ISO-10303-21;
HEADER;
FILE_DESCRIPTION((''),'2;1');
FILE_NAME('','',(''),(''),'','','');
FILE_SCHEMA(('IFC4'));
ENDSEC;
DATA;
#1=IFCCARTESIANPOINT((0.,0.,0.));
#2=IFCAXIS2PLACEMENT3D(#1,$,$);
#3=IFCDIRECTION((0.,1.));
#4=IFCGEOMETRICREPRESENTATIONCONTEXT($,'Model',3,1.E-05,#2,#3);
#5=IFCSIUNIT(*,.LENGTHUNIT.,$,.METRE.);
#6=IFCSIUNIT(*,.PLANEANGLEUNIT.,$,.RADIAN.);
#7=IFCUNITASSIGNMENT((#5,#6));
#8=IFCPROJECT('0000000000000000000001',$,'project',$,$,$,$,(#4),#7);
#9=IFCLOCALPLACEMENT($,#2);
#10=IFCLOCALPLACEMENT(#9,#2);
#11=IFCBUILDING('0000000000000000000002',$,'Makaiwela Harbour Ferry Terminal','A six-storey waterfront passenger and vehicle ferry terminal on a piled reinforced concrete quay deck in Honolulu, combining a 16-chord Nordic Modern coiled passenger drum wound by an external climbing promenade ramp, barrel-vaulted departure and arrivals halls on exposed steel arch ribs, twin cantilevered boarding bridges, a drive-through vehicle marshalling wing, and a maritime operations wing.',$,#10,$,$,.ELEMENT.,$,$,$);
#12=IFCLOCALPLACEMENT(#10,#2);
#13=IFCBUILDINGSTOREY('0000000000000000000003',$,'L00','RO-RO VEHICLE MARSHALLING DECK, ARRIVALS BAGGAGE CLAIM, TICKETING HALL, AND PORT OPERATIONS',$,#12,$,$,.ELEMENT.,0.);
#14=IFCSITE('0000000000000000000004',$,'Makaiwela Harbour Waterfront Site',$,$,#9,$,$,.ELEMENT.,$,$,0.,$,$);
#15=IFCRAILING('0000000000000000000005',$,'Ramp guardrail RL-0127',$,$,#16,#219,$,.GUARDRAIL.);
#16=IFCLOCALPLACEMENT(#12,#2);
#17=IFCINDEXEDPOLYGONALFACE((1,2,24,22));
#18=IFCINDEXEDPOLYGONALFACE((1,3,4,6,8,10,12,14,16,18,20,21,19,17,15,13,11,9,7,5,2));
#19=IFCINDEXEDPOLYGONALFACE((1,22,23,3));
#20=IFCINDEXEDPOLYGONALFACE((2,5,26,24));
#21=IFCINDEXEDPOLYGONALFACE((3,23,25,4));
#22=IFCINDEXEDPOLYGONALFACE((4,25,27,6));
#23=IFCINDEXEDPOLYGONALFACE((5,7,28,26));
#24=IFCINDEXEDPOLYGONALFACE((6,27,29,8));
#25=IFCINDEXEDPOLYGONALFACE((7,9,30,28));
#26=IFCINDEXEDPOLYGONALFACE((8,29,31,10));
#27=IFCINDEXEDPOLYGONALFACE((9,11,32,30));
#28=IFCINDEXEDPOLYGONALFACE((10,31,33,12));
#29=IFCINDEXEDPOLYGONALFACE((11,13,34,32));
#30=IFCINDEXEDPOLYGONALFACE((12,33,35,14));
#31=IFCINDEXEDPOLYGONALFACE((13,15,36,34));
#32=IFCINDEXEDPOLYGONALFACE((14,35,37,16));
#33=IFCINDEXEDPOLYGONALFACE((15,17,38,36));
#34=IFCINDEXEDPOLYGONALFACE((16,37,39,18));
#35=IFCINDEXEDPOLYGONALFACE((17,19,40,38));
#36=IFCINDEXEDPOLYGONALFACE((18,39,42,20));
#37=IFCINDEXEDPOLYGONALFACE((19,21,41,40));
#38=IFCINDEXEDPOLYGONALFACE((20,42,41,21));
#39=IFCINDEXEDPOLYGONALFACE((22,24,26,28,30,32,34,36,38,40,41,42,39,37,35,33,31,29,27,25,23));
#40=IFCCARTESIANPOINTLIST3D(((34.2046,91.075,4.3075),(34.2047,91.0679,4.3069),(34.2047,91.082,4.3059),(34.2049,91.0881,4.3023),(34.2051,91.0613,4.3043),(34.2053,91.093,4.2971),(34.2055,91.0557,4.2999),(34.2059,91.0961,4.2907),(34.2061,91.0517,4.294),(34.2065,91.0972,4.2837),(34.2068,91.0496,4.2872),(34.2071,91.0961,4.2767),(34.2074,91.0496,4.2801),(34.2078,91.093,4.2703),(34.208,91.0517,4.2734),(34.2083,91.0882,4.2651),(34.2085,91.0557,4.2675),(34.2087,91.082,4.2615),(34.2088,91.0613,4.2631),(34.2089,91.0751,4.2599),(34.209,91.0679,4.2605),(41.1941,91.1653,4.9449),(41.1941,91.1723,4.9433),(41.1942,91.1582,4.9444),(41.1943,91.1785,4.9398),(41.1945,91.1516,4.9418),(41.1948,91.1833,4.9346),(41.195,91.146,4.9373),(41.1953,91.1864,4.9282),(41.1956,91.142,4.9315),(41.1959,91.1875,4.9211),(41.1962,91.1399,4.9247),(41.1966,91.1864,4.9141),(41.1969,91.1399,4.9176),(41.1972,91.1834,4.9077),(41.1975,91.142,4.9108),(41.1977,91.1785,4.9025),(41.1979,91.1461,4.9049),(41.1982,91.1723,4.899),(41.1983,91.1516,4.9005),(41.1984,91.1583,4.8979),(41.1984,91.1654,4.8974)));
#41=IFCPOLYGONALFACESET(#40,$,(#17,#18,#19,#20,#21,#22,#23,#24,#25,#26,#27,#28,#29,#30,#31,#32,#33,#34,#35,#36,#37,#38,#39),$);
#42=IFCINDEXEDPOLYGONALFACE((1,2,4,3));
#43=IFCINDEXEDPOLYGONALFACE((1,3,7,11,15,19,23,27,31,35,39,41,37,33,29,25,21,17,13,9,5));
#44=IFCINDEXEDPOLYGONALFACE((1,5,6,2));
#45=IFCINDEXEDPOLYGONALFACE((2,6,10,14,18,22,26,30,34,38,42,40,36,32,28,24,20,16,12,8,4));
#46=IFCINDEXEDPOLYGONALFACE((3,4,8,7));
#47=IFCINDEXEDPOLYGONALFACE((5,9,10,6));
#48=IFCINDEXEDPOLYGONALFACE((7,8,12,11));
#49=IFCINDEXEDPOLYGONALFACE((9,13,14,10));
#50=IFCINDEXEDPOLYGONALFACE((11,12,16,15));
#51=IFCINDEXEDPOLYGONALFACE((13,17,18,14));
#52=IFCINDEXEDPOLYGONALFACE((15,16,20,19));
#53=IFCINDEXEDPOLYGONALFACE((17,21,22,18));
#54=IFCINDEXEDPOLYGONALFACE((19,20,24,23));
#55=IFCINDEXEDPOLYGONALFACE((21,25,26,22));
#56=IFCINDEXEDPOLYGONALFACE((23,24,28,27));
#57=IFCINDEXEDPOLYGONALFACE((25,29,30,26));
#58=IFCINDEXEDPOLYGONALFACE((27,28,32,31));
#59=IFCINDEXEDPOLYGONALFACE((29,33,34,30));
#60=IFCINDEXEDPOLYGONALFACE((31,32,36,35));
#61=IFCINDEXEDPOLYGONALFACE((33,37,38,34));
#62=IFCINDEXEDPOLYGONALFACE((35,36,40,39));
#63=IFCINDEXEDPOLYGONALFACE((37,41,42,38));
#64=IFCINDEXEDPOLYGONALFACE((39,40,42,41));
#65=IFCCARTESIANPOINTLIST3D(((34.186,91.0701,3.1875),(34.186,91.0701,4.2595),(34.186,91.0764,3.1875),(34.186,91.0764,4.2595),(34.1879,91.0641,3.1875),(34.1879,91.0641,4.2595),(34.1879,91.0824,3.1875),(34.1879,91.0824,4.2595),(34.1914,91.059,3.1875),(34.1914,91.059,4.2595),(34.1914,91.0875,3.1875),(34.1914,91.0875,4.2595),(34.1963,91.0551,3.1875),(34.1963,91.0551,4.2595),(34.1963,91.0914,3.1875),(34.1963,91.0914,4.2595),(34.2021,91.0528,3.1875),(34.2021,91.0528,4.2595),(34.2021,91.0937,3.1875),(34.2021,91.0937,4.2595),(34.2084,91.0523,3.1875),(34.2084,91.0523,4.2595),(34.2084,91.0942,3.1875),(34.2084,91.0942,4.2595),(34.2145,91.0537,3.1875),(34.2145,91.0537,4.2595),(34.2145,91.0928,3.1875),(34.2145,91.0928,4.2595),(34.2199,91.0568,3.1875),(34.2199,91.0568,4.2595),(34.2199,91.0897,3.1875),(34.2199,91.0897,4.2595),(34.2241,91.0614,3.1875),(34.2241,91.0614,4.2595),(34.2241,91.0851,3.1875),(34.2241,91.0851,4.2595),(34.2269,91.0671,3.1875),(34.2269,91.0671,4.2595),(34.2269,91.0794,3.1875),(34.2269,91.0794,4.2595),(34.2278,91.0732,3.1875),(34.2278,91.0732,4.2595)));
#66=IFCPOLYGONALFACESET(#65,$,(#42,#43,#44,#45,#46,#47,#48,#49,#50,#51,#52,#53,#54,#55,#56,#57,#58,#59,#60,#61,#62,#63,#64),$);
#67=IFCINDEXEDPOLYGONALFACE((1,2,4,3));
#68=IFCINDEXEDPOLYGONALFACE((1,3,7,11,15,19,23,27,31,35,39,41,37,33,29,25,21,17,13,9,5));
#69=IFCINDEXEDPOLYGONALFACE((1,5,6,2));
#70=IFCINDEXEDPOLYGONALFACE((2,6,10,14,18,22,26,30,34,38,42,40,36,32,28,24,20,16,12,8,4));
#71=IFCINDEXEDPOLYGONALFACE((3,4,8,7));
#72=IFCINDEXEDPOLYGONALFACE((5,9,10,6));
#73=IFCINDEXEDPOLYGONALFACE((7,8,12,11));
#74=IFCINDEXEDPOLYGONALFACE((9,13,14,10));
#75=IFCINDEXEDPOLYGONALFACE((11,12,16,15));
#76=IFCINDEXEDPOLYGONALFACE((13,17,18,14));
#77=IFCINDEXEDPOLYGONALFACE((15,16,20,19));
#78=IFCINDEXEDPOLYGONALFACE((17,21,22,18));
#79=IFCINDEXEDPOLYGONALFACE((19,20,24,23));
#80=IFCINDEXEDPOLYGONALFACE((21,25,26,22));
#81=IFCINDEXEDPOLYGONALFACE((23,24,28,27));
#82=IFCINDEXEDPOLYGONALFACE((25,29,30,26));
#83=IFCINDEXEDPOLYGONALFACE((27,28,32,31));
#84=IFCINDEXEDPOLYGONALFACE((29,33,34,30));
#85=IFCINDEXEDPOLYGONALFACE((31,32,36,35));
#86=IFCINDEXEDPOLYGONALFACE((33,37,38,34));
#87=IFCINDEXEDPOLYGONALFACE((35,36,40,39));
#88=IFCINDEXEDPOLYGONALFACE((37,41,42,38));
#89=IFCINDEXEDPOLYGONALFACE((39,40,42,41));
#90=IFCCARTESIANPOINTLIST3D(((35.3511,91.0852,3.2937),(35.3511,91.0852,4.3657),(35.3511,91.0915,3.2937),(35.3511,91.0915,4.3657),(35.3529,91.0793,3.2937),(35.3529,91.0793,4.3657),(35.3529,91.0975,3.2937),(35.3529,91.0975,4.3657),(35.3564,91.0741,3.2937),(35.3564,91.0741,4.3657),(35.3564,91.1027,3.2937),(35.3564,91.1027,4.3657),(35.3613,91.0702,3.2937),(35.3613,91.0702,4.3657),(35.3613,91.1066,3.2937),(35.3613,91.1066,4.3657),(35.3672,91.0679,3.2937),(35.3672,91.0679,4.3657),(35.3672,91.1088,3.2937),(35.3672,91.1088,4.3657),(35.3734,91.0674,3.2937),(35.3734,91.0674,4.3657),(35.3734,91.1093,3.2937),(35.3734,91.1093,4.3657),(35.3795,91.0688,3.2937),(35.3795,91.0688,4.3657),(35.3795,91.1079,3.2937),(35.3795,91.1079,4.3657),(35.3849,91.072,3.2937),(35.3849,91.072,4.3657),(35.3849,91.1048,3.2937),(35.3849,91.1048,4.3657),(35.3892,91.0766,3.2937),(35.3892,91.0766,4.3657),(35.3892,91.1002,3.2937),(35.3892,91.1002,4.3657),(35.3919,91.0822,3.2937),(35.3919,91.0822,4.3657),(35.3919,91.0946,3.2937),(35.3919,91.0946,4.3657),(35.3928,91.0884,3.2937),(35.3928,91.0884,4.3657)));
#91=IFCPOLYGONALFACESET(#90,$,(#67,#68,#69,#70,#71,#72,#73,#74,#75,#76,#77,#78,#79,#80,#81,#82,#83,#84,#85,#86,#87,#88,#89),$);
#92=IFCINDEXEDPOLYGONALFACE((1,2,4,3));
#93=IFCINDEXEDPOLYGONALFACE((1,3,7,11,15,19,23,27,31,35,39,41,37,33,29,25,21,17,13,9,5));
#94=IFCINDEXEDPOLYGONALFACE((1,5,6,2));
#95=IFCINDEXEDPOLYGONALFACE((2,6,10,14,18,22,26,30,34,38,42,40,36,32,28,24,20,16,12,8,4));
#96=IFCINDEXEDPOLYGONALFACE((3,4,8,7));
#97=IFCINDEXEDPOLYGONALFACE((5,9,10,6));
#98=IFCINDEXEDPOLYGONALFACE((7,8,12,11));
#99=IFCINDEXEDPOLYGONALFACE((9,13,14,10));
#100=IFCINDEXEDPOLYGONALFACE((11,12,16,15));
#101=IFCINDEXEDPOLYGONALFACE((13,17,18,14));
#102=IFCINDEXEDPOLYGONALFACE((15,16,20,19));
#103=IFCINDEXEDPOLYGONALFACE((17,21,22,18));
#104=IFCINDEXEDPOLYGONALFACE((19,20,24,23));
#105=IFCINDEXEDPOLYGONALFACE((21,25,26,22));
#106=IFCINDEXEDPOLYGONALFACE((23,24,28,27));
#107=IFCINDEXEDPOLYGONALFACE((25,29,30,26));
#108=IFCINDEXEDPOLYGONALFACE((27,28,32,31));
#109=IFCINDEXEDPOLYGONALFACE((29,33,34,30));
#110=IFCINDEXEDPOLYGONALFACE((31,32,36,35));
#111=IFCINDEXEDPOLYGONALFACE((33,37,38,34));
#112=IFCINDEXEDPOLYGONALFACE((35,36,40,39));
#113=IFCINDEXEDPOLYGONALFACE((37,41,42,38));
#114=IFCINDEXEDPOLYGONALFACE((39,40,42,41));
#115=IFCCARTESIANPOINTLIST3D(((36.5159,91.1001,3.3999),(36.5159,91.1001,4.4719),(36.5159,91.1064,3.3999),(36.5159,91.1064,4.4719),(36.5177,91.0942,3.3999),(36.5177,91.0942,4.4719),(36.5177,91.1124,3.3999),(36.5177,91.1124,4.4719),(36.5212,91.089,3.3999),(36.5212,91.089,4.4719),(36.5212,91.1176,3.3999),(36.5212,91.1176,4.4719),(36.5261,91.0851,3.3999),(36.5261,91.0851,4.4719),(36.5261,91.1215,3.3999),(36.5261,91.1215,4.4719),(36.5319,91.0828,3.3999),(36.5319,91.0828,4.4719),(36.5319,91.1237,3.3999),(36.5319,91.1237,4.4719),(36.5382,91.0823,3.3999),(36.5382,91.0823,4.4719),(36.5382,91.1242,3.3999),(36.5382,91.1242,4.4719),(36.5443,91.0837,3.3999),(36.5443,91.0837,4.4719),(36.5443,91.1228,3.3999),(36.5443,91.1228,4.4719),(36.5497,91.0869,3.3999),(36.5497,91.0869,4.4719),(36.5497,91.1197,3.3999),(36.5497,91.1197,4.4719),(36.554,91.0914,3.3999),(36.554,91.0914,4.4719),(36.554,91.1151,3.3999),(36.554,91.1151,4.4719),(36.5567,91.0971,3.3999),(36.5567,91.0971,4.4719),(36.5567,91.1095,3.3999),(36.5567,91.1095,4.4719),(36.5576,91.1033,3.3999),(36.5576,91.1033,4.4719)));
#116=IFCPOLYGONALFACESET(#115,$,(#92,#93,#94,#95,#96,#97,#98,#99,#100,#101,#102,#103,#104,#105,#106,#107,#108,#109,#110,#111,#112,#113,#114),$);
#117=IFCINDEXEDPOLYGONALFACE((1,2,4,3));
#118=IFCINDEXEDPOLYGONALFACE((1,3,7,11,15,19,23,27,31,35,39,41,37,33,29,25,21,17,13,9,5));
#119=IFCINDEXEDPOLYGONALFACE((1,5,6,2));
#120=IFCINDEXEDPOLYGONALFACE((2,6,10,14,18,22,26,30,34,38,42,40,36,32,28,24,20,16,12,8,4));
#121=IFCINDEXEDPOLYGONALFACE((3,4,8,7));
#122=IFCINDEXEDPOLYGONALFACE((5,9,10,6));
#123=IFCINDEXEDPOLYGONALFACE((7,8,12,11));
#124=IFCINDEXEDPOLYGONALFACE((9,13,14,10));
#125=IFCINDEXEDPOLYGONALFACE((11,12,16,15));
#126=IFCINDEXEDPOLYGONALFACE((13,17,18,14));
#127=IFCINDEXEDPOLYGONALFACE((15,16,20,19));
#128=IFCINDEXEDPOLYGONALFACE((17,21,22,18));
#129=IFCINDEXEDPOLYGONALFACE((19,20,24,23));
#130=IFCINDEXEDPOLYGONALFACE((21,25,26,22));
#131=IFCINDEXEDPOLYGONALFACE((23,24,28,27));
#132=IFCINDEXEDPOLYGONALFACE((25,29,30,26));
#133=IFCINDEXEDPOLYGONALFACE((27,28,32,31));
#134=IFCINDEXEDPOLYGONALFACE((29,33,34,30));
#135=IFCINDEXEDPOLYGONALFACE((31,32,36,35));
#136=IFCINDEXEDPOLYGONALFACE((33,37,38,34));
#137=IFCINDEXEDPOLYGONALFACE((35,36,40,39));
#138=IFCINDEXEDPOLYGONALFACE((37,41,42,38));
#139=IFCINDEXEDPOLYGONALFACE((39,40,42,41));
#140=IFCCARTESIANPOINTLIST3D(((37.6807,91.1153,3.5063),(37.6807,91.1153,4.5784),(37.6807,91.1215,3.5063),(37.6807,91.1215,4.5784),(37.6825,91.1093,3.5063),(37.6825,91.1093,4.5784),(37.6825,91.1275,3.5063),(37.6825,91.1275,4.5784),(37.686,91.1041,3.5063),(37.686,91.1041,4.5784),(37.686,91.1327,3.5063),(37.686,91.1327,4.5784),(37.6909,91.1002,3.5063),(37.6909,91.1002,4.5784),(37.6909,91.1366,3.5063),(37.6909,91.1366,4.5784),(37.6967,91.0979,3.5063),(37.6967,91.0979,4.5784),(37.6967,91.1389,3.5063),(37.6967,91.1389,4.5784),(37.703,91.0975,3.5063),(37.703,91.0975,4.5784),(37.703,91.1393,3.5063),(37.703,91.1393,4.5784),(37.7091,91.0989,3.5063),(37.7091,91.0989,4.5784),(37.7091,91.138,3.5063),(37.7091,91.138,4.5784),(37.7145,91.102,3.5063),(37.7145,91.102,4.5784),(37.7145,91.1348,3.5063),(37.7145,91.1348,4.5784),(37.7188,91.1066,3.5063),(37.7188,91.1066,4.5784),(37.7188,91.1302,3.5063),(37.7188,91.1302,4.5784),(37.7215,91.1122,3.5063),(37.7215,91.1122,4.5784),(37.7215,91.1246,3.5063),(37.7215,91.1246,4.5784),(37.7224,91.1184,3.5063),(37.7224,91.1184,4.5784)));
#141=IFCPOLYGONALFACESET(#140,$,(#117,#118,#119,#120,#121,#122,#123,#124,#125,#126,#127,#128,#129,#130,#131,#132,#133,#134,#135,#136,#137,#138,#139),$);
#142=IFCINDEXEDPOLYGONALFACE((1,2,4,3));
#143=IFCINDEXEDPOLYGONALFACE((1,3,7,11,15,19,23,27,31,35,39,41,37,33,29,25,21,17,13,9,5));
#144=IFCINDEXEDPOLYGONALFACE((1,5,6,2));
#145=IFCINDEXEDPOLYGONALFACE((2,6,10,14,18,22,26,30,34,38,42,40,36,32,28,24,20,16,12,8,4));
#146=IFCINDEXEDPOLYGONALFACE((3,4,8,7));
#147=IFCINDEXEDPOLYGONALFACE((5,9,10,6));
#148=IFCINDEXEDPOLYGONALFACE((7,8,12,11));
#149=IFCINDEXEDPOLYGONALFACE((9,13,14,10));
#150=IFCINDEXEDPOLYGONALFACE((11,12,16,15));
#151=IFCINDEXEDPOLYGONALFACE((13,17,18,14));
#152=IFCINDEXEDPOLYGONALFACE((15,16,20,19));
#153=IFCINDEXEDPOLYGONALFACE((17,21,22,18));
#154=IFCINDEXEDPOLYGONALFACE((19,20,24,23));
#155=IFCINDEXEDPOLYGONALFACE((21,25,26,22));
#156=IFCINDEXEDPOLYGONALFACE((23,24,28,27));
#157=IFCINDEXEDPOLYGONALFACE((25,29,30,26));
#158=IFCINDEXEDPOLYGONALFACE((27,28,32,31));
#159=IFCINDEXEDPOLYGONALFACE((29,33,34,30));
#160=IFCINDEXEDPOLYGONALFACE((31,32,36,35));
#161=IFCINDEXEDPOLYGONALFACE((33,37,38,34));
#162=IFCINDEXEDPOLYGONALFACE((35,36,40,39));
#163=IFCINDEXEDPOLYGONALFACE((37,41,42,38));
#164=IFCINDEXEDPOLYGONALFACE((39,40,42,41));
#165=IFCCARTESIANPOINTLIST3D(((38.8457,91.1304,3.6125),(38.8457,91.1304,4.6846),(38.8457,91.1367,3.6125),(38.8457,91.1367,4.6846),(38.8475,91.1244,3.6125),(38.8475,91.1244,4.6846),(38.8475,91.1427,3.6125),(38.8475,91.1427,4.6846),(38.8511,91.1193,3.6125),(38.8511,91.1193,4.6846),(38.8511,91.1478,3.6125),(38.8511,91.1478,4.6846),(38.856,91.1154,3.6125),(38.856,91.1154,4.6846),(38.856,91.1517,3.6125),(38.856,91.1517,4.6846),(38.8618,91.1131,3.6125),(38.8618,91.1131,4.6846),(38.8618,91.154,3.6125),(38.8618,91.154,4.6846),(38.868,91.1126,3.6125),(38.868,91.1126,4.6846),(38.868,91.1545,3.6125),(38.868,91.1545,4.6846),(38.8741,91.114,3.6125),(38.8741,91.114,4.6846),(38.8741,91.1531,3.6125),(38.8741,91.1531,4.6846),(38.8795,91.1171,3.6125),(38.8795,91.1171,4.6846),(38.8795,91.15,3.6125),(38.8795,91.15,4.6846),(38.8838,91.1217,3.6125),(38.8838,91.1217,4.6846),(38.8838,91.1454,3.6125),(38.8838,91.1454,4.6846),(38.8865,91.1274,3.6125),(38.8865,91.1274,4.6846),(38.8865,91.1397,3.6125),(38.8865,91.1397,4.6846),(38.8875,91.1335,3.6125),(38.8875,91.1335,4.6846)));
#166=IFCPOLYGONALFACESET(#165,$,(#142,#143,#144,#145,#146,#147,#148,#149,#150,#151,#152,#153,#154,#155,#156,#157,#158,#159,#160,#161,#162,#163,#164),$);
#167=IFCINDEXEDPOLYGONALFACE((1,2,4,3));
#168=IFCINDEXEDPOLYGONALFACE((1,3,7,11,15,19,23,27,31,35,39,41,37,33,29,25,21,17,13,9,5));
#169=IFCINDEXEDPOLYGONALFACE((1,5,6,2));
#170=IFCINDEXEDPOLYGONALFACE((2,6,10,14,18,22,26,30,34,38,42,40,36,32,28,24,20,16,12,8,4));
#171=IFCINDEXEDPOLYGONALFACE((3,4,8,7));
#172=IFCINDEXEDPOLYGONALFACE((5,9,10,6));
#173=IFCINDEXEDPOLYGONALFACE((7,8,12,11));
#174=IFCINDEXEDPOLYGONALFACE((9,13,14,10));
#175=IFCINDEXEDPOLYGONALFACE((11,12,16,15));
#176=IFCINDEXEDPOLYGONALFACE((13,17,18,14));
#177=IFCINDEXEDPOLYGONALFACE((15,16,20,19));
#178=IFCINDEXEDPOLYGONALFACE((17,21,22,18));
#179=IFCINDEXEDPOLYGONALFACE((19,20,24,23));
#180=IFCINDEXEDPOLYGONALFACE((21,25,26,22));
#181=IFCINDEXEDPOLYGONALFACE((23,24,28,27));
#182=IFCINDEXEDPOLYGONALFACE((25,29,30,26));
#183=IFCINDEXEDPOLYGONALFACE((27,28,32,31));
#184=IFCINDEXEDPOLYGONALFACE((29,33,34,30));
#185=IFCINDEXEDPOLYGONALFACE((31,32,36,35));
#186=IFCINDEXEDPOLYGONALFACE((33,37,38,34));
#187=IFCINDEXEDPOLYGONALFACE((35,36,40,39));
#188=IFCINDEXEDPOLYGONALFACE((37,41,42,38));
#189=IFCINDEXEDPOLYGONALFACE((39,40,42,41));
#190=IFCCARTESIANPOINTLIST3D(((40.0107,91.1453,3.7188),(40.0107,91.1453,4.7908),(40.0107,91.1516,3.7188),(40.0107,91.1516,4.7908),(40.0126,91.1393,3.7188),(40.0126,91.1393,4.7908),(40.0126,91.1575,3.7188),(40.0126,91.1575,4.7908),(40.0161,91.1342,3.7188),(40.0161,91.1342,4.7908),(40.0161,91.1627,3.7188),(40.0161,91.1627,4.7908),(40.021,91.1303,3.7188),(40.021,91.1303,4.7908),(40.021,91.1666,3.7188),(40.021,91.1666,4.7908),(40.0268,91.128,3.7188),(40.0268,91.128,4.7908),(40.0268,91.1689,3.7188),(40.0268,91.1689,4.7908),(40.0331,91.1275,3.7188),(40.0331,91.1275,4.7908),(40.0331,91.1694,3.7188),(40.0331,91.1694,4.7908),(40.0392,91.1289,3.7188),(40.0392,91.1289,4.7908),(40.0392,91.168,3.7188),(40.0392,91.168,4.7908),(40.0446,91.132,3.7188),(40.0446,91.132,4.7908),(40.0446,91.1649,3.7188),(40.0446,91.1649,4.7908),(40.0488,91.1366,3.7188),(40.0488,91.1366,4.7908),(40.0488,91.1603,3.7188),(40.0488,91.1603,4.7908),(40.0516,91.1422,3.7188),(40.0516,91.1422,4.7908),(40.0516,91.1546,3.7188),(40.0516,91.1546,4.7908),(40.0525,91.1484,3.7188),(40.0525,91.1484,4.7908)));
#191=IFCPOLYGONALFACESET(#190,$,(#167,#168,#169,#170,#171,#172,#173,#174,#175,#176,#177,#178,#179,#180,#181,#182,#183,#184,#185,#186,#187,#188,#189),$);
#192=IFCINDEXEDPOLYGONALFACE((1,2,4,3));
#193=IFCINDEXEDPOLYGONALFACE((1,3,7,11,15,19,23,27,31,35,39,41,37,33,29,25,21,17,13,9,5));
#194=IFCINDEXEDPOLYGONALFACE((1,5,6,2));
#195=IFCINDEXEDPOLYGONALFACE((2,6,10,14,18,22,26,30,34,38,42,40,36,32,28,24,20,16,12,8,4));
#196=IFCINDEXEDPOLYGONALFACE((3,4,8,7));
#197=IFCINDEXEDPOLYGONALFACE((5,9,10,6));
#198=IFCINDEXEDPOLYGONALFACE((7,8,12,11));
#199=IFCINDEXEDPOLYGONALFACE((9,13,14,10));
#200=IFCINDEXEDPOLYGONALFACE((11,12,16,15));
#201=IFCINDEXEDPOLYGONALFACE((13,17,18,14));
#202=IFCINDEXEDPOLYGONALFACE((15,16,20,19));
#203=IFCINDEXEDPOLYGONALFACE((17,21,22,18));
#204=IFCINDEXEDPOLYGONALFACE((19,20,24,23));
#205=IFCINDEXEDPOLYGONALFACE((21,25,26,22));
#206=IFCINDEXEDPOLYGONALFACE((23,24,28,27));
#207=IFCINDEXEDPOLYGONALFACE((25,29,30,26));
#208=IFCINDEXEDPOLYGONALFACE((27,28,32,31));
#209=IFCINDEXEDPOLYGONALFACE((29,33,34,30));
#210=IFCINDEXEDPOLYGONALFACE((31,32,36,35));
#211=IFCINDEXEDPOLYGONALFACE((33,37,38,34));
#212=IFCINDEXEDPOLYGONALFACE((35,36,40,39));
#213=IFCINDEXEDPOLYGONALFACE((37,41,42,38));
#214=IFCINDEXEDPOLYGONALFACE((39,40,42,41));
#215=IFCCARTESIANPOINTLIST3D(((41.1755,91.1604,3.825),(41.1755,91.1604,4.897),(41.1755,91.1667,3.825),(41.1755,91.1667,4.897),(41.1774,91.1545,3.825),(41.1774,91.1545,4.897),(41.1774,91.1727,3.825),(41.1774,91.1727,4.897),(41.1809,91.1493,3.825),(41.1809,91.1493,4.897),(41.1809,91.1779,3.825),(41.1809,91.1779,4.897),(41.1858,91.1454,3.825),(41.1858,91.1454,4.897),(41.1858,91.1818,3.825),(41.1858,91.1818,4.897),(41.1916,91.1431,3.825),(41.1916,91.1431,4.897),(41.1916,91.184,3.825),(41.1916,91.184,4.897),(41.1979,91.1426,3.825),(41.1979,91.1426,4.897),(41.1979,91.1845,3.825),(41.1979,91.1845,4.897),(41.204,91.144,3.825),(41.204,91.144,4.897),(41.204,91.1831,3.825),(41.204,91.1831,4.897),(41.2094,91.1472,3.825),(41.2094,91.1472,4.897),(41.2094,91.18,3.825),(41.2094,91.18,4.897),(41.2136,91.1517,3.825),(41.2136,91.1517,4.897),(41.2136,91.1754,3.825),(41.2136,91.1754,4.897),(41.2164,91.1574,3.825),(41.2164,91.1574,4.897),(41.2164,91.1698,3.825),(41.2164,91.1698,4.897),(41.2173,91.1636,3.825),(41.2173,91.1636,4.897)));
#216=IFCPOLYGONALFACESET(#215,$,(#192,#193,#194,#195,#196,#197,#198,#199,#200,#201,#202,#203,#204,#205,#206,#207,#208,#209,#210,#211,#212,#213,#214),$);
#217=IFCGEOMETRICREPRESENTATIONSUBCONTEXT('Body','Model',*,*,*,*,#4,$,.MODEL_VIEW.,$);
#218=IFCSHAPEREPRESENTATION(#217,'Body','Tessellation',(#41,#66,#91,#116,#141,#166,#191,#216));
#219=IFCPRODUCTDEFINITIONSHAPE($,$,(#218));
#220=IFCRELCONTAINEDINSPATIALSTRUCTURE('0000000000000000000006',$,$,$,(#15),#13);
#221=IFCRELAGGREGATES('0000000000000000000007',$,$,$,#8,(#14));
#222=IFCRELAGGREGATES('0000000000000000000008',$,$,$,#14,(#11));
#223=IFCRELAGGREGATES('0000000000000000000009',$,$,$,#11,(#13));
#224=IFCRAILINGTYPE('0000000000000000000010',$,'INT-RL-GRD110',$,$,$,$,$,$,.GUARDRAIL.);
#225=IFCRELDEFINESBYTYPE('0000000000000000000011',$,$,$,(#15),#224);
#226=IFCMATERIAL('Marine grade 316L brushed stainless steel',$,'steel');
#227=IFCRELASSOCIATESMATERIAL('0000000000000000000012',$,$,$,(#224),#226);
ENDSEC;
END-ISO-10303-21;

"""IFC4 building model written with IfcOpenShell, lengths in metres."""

from ifc_helpers import new_model, si_unit, direction, frame, origin, origin_2d, place, context, subcontext, project, spatial, circle, extrude, material, type_object, element, save


model = new_model("IFC4")

# Units and contexts
model_context = context("Model", 3, precision=1e-05, world=origin(), true_north=direction((0.0, 1.0)))
body_context = subcontext(model_context, "Body", "Model", "MODEL_VIEW")
ifc_project = project(units=[si_unit("LENGTHUNIT", "METRE"), si_unit("PLANEANGLEUNIT", "RADIAN")], contexts=[model_context])

# Site, building, storey
site_placement = place(None, origin())
site = spatial("IfcSite", under=ifc_project, at=site_placement, Name="Makaiwela Harbour Waterfront Site", CompositionType="ELEMENT", RefElevation=0.0)
building_placement = place(site_placement, origin())
building = spatial("IfcBuilding", under=site, at=building_placement, Name="Makaiwela Harbour Ferry Terminal", Description="A six-storey waterfront passenger and vehicle ferry terminal on a piled reinforced concrete quay deck in Honolulu, combining a 16-chord Nordic Modern coiled passenger drum wound by an external climbing promenade ramp, barrel-vaulted departure and arrivals halls on exposed steel arch ribs, twin cantilevered boarding bridges, a drive-through vehicle marshalling wing, and a maritime operations wing.", CompositionType="ELEMENT")
storey_placement = place(building_placement, origin())
storey = spatial("IfcBuildingStorey", under=building, at=storey_placement, Name="L00", Description="RO-RO VEHICLE MARSHALLING DECK, ARRIVALS BAGGAGE CLAIM, TICKETING HALL, AND PORT OPERATIONS", CompositionType="ELEMENT", Elevation=0.0)

# Railing
ifc_material_1 = material(Name="Marine grade 316L brushed stainless steel", Category="steel")
railing_type_1 = type_object("IfcRailingType", Name="INT-RL-GRD110", PredefinedType="GUARDRAIL", material=ifc_material_1)
railing_1_placement = place(storey_placement, frame((34.2068, 91.0732, 3.1875)))
element("IfcRailing", 1, at=railing_1_placement, inside=storey, type_object=railing_type_1, Name="Ramp guardrail RL-0127", PredefinedType="GUARDRAIL", context=body_context, shape_type="SweptSolid", body=[
    extrude(circle(Radius=0.0239, at=origin_2d()), frame((0.0, 0.0, 1.0962), z_axis=(0.995784, 0.012869, 0.090817), x_axis=(-0.012923, 0.999916, 0.0)), (0.0, 0.0, 1.0), 7.019),
    extrude(circle(Radius=0.021, at=origin_2d()), origin(), (0.0, 0.0, 1.0), 1.072),
    extrude(circle(Radius=0.021, at=origin_2d()), frame((1.165, 0.0151, 0.1062)), (0.0, 0.0, 1.0), 1.072),
    extrude(circle(Radius=0.021, at=origin_2d()), frame((2.3298, 0.03, 0.2124)), (0.0, 0.0, 1.0), 1.072),
    extrude(circle(Radius=0.021, at=origin_2d()), frame((3.4946, 0.0452, 0.3188)), (0.0, 0.0, 1.0), 1.072),
    extrude(circle(Radius=0.021, at=origin_2d()), frame((4.6597, 0.0603, 0.425)), (0.0, 0.0, 1.0), 1.072),
    extrude(circle(Radius=0.021, at=origin_2d()), frame((5.8247, 0.0752, 0.5312)), (0.0, 0.0, 1.0), 1.072),
    extrude(circle(Radius=0.021, at=origin_2d()), frame((6.9895, 0.0903, 0.6375)), (0.0, 0.0, 1.0), 1.072),
])

save(model, "model.ifc")
